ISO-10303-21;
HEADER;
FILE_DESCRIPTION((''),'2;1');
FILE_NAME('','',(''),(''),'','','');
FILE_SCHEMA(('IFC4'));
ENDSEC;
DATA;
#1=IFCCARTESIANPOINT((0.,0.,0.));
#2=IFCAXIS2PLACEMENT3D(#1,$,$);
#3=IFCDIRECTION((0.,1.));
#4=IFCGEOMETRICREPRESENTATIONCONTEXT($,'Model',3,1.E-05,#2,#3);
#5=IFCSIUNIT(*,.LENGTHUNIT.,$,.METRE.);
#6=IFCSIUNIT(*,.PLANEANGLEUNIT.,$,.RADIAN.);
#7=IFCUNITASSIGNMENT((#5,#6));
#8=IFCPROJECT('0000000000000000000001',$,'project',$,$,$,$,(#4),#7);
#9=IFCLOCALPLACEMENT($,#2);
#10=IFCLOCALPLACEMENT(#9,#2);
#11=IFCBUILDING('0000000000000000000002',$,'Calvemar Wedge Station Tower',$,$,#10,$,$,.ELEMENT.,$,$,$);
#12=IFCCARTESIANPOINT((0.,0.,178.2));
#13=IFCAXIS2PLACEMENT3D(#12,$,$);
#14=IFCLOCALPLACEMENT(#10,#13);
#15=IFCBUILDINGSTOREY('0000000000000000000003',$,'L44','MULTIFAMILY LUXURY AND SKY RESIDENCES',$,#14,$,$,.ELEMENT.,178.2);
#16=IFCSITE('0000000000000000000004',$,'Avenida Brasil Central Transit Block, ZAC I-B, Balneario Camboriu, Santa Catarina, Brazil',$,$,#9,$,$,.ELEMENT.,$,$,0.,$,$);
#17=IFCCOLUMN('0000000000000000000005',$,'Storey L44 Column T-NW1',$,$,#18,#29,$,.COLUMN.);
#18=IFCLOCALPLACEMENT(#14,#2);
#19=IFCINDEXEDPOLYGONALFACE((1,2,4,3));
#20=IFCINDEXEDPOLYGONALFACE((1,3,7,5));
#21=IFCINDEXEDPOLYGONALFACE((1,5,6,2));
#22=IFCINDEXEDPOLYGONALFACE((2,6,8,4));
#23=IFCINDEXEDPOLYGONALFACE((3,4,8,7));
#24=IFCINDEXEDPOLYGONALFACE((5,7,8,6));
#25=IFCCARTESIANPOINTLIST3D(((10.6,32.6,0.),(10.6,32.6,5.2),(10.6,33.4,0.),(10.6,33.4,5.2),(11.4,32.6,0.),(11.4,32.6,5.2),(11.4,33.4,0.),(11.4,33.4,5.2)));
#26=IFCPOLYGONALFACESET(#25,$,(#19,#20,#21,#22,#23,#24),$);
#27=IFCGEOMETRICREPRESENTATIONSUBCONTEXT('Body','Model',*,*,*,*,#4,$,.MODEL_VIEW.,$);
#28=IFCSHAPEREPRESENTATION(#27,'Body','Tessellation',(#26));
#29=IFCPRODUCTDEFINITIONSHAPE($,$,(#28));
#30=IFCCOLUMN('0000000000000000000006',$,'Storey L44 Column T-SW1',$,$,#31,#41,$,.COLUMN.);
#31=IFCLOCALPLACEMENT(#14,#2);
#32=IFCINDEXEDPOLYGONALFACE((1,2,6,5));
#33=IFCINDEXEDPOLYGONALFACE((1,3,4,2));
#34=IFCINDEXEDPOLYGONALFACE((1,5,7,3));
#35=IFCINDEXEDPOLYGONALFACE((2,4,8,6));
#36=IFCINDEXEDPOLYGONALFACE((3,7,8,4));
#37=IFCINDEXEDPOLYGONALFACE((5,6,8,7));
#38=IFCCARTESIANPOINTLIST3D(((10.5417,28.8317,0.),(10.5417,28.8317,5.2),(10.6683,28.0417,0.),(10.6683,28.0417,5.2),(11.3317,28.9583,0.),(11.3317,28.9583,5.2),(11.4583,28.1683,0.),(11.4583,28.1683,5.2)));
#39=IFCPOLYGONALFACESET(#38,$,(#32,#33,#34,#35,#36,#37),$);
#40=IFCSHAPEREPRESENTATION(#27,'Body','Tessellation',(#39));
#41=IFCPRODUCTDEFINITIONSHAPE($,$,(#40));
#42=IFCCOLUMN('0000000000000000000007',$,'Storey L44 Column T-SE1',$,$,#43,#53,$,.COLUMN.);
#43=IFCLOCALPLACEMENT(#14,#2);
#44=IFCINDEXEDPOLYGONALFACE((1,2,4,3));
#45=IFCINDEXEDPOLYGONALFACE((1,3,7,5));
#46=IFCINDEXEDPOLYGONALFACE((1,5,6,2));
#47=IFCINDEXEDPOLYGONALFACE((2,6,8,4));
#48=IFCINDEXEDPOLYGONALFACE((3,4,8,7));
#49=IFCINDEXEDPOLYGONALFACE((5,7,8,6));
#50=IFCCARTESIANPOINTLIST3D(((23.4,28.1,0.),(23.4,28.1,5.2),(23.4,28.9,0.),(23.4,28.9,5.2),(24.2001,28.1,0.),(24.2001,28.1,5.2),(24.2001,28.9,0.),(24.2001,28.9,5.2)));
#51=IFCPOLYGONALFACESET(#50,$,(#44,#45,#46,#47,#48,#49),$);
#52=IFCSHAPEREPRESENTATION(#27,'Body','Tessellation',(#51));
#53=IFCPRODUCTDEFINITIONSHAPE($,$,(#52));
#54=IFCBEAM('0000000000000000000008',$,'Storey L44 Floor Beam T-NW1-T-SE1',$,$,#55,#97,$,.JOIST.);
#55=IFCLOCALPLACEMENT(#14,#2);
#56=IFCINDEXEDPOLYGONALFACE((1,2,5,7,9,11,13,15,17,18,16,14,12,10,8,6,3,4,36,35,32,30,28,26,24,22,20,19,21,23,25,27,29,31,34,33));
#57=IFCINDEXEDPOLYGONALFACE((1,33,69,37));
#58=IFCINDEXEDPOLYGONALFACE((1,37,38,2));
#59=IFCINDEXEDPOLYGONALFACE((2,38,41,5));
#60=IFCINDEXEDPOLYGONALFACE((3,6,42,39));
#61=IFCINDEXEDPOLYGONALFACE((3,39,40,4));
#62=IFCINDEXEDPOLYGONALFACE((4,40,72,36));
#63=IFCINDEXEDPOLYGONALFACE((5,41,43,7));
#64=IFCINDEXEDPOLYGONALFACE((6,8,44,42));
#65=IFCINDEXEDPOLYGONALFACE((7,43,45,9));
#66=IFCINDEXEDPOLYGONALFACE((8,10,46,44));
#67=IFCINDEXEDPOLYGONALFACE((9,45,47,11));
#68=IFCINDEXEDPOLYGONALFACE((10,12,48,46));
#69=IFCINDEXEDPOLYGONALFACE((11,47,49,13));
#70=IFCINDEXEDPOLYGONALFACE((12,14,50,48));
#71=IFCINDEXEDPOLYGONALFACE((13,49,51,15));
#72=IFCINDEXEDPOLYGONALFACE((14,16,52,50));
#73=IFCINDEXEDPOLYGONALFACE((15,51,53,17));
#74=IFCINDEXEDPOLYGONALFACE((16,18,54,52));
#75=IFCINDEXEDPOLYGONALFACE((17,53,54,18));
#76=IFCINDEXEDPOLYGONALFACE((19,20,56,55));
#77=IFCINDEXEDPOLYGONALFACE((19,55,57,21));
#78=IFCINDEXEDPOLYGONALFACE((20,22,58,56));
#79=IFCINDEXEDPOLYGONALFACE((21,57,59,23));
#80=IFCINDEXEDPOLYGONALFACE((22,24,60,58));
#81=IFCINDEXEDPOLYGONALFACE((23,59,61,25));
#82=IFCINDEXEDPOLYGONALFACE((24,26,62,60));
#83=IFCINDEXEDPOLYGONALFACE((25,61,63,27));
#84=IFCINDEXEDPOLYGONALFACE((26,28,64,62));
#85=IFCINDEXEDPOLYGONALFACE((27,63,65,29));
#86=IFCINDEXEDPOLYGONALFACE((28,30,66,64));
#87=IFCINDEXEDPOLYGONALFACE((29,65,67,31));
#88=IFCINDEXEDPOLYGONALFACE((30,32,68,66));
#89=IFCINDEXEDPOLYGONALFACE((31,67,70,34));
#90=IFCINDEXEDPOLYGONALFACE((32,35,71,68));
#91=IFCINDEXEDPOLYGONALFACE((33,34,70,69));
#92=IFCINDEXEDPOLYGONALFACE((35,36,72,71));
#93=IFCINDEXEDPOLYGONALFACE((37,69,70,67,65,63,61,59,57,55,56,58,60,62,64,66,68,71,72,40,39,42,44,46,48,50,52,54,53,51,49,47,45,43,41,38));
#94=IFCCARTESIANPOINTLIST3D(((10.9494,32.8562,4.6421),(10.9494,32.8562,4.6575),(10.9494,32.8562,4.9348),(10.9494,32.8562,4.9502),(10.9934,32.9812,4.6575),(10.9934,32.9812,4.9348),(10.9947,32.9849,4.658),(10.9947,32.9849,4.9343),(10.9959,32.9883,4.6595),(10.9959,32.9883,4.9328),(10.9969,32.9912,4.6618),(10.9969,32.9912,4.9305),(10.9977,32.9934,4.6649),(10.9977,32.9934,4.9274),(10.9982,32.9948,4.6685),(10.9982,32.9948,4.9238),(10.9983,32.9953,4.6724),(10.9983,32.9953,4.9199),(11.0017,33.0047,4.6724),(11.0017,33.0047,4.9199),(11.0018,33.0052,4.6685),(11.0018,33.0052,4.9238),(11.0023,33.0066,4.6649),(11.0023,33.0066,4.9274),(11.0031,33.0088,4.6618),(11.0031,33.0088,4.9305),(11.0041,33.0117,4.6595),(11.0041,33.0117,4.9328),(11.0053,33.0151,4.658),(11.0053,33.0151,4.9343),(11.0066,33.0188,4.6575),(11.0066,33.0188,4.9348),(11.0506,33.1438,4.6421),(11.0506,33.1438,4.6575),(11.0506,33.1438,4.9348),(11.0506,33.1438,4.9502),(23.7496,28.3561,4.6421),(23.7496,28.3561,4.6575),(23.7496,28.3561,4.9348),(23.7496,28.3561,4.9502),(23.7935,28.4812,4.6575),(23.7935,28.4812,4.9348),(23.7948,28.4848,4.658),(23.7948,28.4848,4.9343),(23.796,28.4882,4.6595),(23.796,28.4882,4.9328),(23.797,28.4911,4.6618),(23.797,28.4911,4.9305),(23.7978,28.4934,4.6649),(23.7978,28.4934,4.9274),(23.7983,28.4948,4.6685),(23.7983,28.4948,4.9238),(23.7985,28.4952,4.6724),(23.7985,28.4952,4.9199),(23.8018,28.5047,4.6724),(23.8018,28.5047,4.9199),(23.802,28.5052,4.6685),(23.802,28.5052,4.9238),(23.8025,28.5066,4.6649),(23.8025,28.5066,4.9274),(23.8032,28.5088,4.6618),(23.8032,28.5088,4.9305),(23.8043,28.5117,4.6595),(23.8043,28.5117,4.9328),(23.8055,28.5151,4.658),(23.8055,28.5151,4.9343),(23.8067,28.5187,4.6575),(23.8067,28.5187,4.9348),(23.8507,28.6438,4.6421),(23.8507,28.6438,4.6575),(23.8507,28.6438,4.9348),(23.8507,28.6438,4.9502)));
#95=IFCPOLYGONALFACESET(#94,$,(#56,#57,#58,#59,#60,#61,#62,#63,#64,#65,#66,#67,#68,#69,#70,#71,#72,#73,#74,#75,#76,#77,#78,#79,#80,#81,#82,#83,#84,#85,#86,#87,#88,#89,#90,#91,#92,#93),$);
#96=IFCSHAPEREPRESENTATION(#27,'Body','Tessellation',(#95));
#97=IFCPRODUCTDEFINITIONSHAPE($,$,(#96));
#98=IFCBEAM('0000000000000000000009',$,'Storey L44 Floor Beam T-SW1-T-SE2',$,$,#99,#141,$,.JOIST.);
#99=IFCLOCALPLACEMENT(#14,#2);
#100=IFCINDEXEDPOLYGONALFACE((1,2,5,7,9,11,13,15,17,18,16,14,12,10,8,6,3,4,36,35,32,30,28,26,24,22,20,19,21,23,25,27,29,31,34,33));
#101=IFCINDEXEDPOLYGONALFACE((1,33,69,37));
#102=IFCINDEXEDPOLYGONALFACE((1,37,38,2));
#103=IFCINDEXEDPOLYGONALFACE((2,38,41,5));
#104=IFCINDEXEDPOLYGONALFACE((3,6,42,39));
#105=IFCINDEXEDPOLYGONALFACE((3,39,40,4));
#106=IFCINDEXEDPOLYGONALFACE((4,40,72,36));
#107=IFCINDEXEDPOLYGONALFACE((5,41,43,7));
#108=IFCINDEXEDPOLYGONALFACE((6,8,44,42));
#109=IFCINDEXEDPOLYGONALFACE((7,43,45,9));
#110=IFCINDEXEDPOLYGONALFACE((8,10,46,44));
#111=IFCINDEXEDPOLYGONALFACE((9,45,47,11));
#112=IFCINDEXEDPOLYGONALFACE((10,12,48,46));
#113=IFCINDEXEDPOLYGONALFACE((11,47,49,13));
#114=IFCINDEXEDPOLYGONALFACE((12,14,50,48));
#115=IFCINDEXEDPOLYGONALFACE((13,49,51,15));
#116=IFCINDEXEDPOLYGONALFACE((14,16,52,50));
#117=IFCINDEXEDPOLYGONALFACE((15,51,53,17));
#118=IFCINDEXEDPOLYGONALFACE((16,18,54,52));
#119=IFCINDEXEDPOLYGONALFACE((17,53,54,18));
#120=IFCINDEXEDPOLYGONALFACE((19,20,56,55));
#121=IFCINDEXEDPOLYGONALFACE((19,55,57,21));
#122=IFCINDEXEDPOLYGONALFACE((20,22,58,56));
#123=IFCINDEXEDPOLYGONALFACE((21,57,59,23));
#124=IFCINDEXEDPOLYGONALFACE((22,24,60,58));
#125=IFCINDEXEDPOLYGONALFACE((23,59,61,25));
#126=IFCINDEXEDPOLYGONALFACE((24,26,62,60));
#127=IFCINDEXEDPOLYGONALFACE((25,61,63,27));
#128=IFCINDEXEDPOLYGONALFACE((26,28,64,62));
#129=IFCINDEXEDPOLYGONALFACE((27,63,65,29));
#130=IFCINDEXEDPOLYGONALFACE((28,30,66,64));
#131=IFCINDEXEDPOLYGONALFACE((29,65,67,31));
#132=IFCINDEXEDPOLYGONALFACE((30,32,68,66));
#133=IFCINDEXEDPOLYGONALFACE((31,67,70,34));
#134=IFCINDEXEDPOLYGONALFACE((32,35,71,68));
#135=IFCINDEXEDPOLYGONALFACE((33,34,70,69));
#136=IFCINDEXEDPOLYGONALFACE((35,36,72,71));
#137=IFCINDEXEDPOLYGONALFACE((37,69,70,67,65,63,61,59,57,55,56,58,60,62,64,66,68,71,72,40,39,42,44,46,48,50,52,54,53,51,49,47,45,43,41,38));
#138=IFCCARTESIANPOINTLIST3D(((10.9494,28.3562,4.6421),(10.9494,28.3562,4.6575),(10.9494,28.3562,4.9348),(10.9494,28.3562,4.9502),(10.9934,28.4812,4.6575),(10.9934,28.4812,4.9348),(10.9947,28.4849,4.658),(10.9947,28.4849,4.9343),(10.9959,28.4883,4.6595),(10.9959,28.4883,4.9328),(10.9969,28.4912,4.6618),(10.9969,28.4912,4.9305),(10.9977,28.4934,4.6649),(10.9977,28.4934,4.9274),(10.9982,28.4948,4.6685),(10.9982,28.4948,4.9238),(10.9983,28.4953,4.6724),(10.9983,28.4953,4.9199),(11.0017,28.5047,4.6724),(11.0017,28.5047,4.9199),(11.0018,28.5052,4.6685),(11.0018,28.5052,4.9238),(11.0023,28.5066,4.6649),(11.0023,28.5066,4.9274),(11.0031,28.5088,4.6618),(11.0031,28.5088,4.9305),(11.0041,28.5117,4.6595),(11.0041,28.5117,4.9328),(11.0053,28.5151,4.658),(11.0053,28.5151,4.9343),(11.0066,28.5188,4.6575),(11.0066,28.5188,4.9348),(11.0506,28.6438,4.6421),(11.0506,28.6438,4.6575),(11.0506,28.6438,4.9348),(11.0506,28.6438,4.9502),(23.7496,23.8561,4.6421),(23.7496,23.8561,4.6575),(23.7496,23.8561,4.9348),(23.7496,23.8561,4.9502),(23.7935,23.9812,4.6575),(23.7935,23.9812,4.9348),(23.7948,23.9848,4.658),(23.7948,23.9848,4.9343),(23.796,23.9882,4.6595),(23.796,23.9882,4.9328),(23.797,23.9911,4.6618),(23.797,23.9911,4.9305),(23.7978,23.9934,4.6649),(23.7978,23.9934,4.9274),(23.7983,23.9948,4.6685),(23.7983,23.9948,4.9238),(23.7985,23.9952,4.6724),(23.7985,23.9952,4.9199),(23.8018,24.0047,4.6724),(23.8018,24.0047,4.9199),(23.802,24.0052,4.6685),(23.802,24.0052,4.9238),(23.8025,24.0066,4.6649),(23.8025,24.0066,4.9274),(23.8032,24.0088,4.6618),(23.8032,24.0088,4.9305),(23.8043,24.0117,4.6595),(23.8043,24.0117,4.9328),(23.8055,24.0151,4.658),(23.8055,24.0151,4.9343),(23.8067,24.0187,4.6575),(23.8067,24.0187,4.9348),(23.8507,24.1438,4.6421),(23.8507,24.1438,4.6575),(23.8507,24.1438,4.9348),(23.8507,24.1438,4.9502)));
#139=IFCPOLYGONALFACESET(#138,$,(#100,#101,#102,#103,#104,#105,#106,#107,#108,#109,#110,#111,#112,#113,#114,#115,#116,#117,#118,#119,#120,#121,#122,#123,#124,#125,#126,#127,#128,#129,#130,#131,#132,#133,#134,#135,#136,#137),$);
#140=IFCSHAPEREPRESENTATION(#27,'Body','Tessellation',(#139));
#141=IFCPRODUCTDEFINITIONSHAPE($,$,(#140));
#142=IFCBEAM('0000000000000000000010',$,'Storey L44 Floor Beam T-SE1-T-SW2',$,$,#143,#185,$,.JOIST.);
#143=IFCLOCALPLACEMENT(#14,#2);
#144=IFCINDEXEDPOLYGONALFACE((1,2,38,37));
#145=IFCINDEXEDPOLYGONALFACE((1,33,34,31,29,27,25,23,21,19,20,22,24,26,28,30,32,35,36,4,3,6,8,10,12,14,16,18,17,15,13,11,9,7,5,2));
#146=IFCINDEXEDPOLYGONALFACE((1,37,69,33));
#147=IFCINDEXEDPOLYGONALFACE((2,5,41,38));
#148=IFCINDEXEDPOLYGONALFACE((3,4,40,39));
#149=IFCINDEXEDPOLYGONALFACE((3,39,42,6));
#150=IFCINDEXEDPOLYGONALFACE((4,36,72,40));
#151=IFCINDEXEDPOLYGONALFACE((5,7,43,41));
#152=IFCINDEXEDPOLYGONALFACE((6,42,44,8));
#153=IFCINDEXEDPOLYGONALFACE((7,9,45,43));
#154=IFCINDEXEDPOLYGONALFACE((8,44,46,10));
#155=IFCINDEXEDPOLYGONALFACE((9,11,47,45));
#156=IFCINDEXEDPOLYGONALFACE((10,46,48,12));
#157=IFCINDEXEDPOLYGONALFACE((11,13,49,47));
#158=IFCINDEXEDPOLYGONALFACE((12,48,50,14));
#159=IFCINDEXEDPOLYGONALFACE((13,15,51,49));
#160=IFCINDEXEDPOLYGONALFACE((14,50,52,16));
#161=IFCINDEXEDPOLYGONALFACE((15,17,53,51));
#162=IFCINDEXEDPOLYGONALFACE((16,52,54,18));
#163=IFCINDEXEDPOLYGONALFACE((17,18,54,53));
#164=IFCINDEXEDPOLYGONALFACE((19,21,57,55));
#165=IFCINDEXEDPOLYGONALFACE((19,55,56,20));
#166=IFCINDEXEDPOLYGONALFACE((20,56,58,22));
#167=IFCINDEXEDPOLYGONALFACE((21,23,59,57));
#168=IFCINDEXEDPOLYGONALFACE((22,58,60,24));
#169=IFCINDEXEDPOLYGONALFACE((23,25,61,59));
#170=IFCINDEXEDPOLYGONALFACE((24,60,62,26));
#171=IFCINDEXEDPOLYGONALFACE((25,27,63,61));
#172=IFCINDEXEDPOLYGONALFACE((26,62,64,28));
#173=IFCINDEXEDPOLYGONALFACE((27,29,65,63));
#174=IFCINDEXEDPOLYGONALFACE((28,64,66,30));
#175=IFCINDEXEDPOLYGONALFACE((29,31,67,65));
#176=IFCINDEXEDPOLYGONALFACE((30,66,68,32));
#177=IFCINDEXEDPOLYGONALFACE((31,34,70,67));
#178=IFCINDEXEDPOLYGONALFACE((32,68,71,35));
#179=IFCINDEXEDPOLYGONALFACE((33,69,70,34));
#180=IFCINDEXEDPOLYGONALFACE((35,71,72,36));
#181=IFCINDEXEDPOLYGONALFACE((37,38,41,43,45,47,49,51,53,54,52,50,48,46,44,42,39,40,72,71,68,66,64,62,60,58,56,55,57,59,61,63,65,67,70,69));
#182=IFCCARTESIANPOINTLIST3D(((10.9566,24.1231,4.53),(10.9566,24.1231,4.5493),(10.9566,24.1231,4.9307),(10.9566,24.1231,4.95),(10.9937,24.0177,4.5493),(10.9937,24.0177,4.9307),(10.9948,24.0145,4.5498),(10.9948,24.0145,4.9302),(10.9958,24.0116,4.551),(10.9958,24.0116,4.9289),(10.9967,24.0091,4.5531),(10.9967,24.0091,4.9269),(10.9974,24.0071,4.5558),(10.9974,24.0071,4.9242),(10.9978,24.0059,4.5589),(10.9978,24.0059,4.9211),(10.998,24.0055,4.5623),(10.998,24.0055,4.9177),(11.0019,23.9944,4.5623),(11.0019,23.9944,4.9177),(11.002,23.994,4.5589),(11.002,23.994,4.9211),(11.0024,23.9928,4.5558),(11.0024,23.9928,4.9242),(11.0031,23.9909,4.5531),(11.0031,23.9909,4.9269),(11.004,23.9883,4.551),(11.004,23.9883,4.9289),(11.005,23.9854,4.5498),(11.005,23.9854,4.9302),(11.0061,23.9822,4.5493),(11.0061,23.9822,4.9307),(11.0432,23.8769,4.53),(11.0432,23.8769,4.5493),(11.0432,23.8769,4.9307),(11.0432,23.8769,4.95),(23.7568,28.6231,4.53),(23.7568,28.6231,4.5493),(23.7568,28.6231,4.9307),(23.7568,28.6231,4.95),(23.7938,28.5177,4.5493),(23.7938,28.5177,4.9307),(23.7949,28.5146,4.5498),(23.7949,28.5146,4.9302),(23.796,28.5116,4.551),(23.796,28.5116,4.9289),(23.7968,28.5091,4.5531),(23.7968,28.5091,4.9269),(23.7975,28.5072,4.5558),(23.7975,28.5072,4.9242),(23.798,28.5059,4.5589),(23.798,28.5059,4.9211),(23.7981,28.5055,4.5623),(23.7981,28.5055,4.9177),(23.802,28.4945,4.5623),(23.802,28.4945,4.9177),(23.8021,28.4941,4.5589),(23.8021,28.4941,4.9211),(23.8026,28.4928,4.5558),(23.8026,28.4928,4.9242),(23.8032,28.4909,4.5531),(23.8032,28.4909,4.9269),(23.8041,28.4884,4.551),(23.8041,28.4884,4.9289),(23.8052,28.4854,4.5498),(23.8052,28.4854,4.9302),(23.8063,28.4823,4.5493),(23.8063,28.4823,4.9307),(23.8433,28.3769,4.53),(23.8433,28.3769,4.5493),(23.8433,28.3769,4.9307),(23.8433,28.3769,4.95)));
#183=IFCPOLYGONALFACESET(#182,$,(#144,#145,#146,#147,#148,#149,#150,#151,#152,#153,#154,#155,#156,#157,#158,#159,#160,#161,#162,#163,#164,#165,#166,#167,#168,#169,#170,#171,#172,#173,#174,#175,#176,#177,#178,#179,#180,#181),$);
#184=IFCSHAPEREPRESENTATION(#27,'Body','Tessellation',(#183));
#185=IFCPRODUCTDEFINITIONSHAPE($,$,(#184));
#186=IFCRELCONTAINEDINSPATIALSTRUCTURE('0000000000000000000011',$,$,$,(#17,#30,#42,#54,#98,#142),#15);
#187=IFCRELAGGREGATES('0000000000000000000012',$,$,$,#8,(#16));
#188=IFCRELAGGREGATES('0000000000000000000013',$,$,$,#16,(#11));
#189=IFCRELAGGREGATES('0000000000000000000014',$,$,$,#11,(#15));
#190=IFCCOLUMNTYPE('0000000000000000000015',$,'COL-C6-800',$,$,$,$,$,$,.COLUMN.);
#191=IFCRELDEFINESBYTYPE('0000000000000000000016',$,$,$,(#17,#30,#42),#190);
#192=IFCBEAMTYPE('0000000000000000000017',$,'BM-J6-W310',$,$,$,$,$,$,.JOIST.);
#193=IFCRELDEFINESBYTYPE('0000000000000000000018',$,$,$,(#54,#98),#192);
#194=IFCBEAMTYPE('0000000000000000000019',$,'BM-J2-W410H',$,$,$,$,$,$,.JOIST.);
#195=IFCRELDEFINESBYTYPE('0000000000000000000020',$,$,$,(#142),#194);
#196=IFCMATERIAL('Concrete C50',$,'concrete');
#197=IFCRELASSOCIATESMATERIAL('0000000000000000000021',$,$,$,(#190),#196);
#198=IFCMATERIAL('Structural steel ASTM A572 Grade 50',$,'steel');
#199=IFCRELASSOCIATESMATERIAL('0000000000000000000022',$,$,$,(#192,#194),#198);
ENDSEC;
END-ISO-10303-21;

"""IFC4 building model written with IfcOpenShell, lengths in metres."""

from ifc_helpers import new_model, si_unit, direction, frame, origin, origin_2d, place, context, subcontext, project, spatial, rectangle, i_section, extrude, source, transform, mapped, material, material_profile, profile_set, type_object, element, save


model = new_model("IFC4")

# Units and contexts
model_context = context("Model", 3, precision=1e-05, world=origin(), true_north=direction((0.0, 1.0)))
body_context = subcontext(model_context, "Body", "Model", "MODEL_VIEW")
ifc_project = project(units=[si_unit("LENGTHUNIT", "METRE"), si_unit("PLANEANGLEUNIT", "RADIAN")], contexts=[model_context])

# Site, building, storey
site_placement = place(None, origin())
site = spatial("IfcSite", under=ifc_project, at=site_placement, Name="Avenida Brasil Central Transit Block, ZAC I-B, Balneario Camboriu, Santa Catarina, Brazil", CompositionType="ELEMENT", RefElevation=0.0)
building_placement = place(site_placement, origin())
building = spatial("IfcBuilding", under=site, at=building_placement, Name="Calvemar Wedge Station Tower", CompositionType="ELEMENT")
storey_placement = place(building_placement, frame((0.0, 0.0, 178.2)))
storey = spatial("IfcBuildingStorey", under=building, at=storey_placement, Name="L44", Description="MULTIFAMILY LUXURY AND SKY RESIDENCES", CompositionType="ELEMENT", Elevation=178.2)

# Columns
ifc_material_1 = material(Name="Concrete C50", Category="concrete")
ifc_material_profile_1 = material_profile(ifc_material_1, rectangle(XDim=0.8, YDim=0.8, at=origin_2d()), Name="RC800x800")
ifc_profile_set_1 = profile_set([ifc_material_profile_1], Name="Concrete C50")
column_type = type_object("IfcColumnType", Name="COL-C6-800", PredefinedType="COLUMN", material=ifc_profile_set_1)
shared_shape_1 = source(origin(), body_context, "Body", "SweptSolid", [
    extrude(rectangle(XDim=0.8, YDim=0.8, at=origin_2d()), origin(), (0.0, 0.0, 1.0), 5.2),
])
for number, where, z_axis, x_axis, name in (
    (1, (11.0, 33.0, 0.0), (0.0, 0.0, 1.0), (1.0, 0.0, 0.0), "Storey L44 Column T-NW1"),
    (2, (11.0, 28.5, 0.0), (0.0, 0.0, 1.0), (0.158158, -0.987414, 0.0), "Storey L44 Column T-SW1"),
    (3, (23.8, 28.5, 0.0), (0.0, 0.0, 1.0), (1.0, 0.0, 0.0), "Storey L44 Column T-SE1"),
):
    element("IfcColumn", number, at=place(storey_placement, frame(where, z_axis=z_axis, x_axis=x_axis)), inside=storey, type_object=column_type, Name=name, PredefinedType="COLUMN", context=body_context, shape_type="MappedRepresentation", body=[
        mapped(shared_shape_1, transform((0.0, 0.0, 0.0), scale=1.0)),
    ])

# Beams
ifc_material_2 = material(Name="Structural steel ASTM A572 Grade 50", Category="steel")
ifc_material_profile_2 = material_profile(ifc_material_2, i_section(OverallWidth=0.3049, OverallDepth=0.3081, WebThickness=0.01, FlangeThickness=0.0154, FilletRadius=0.0149, at=origin_2d()), Name="W310x97")
ifc_profile_set_2 = profile_set([ifc_material_profile_2], Name="Structural steel ASTM A572 Grade 50")
beam_type_1 = type_object("IfcBeamType", Name="BM-J6-W310", PredefinedType="JOIST", material=ifc_profile_set_2)
shared_shape_2 = source(origin(), body_context, "Body", "SweptSolid", [
    extrude(i_section(OverallWidth=0.3049, OverallDepth=0.3081, WebThickness=0.01, FlangeThickness=0.0154, FilletRadius=0.0149, at=origin_2d()), origin(), (0.0, 0.0, 1.0), 13.5681),
])
for number, where, z_axis, x_axis, name in (
    (4, (11.0, 33.0, 4.7961), (0.943398, -0.331662, 0.0), (0.331662, 0.943398, 0.0), "Storey L44 Floor Beam T-NW1-T-SE1"),
    (5, (11.0, 28.5, 4.7961), (0.943398, -0.331662, 0.0), (0.331662, 0.943398, 0.0), "Storey L44 Floor Beam T-SW1-T-SE2"),
):
    element("IfcBeam", number, at=place(storey_placement, frame(where, z_axis=z_axis, x_axis=x_axis)), inside=storey, type_object=beam_type_1, Name=name, PredefinedType="JOIST", context=body_context, shape_type="MappedRepresentation", body=[
        mapped(shared_shape_2, transform((0.0, 0.0, 0.0), scale=1.0)),
    ])
ifc_material_profile_3 = material_profile(ifc_material_2, i_section(OverallWidth=0.261, OverallDepth=0.4199, WebThickness=0.0117, FlangeThickness=0.0193, FilletRadius=0.0129, at=origin_2d()), Name="W410x114")
ifc_profile_set_3 = profile_set([ifc_material_profile_3], Name="Structural steel ASTM A572 Grade 50")
beam_type_2 = type_object("IfcBeamType", Name="BM-J2-W410H", PredefinedType="JOIST", material=ifc_profile_set_3)
shared_shape_3 = source(origin(), body_context, "Body", "SweptSolid", [
    extrude(i_section(OverallWidth=0.261, OverallDepth=0.4199, WebThickness=0.0117, FlangeThickness=0.0193, FilletRadius=0.0129, at=origin_2d()), origin(), (0.0, 0.0, 1.0), 13.5681),
])
beam_1_placement = place(storey_placement, frame((23.8, 28.5, 4.74), z_axis=(-0.943398, -0.331662, 0.0), x_axis=(0.331662, -0.943398, 0.0)))
element("IfcBeam", 6, at=beam_1_placement, inside=storey, type_object=beam_type_2, Name="Storey L44 Floor Beam T-SE1-T-SW2", PredefinedType="JOIST", context=body_context, shape_type="MappedRepresentation", body=[
    mapped(shared_shape_3, transform((0.0, 0.0, 0.0), scale=1.0)),
])

save(model, "model.ifc")
